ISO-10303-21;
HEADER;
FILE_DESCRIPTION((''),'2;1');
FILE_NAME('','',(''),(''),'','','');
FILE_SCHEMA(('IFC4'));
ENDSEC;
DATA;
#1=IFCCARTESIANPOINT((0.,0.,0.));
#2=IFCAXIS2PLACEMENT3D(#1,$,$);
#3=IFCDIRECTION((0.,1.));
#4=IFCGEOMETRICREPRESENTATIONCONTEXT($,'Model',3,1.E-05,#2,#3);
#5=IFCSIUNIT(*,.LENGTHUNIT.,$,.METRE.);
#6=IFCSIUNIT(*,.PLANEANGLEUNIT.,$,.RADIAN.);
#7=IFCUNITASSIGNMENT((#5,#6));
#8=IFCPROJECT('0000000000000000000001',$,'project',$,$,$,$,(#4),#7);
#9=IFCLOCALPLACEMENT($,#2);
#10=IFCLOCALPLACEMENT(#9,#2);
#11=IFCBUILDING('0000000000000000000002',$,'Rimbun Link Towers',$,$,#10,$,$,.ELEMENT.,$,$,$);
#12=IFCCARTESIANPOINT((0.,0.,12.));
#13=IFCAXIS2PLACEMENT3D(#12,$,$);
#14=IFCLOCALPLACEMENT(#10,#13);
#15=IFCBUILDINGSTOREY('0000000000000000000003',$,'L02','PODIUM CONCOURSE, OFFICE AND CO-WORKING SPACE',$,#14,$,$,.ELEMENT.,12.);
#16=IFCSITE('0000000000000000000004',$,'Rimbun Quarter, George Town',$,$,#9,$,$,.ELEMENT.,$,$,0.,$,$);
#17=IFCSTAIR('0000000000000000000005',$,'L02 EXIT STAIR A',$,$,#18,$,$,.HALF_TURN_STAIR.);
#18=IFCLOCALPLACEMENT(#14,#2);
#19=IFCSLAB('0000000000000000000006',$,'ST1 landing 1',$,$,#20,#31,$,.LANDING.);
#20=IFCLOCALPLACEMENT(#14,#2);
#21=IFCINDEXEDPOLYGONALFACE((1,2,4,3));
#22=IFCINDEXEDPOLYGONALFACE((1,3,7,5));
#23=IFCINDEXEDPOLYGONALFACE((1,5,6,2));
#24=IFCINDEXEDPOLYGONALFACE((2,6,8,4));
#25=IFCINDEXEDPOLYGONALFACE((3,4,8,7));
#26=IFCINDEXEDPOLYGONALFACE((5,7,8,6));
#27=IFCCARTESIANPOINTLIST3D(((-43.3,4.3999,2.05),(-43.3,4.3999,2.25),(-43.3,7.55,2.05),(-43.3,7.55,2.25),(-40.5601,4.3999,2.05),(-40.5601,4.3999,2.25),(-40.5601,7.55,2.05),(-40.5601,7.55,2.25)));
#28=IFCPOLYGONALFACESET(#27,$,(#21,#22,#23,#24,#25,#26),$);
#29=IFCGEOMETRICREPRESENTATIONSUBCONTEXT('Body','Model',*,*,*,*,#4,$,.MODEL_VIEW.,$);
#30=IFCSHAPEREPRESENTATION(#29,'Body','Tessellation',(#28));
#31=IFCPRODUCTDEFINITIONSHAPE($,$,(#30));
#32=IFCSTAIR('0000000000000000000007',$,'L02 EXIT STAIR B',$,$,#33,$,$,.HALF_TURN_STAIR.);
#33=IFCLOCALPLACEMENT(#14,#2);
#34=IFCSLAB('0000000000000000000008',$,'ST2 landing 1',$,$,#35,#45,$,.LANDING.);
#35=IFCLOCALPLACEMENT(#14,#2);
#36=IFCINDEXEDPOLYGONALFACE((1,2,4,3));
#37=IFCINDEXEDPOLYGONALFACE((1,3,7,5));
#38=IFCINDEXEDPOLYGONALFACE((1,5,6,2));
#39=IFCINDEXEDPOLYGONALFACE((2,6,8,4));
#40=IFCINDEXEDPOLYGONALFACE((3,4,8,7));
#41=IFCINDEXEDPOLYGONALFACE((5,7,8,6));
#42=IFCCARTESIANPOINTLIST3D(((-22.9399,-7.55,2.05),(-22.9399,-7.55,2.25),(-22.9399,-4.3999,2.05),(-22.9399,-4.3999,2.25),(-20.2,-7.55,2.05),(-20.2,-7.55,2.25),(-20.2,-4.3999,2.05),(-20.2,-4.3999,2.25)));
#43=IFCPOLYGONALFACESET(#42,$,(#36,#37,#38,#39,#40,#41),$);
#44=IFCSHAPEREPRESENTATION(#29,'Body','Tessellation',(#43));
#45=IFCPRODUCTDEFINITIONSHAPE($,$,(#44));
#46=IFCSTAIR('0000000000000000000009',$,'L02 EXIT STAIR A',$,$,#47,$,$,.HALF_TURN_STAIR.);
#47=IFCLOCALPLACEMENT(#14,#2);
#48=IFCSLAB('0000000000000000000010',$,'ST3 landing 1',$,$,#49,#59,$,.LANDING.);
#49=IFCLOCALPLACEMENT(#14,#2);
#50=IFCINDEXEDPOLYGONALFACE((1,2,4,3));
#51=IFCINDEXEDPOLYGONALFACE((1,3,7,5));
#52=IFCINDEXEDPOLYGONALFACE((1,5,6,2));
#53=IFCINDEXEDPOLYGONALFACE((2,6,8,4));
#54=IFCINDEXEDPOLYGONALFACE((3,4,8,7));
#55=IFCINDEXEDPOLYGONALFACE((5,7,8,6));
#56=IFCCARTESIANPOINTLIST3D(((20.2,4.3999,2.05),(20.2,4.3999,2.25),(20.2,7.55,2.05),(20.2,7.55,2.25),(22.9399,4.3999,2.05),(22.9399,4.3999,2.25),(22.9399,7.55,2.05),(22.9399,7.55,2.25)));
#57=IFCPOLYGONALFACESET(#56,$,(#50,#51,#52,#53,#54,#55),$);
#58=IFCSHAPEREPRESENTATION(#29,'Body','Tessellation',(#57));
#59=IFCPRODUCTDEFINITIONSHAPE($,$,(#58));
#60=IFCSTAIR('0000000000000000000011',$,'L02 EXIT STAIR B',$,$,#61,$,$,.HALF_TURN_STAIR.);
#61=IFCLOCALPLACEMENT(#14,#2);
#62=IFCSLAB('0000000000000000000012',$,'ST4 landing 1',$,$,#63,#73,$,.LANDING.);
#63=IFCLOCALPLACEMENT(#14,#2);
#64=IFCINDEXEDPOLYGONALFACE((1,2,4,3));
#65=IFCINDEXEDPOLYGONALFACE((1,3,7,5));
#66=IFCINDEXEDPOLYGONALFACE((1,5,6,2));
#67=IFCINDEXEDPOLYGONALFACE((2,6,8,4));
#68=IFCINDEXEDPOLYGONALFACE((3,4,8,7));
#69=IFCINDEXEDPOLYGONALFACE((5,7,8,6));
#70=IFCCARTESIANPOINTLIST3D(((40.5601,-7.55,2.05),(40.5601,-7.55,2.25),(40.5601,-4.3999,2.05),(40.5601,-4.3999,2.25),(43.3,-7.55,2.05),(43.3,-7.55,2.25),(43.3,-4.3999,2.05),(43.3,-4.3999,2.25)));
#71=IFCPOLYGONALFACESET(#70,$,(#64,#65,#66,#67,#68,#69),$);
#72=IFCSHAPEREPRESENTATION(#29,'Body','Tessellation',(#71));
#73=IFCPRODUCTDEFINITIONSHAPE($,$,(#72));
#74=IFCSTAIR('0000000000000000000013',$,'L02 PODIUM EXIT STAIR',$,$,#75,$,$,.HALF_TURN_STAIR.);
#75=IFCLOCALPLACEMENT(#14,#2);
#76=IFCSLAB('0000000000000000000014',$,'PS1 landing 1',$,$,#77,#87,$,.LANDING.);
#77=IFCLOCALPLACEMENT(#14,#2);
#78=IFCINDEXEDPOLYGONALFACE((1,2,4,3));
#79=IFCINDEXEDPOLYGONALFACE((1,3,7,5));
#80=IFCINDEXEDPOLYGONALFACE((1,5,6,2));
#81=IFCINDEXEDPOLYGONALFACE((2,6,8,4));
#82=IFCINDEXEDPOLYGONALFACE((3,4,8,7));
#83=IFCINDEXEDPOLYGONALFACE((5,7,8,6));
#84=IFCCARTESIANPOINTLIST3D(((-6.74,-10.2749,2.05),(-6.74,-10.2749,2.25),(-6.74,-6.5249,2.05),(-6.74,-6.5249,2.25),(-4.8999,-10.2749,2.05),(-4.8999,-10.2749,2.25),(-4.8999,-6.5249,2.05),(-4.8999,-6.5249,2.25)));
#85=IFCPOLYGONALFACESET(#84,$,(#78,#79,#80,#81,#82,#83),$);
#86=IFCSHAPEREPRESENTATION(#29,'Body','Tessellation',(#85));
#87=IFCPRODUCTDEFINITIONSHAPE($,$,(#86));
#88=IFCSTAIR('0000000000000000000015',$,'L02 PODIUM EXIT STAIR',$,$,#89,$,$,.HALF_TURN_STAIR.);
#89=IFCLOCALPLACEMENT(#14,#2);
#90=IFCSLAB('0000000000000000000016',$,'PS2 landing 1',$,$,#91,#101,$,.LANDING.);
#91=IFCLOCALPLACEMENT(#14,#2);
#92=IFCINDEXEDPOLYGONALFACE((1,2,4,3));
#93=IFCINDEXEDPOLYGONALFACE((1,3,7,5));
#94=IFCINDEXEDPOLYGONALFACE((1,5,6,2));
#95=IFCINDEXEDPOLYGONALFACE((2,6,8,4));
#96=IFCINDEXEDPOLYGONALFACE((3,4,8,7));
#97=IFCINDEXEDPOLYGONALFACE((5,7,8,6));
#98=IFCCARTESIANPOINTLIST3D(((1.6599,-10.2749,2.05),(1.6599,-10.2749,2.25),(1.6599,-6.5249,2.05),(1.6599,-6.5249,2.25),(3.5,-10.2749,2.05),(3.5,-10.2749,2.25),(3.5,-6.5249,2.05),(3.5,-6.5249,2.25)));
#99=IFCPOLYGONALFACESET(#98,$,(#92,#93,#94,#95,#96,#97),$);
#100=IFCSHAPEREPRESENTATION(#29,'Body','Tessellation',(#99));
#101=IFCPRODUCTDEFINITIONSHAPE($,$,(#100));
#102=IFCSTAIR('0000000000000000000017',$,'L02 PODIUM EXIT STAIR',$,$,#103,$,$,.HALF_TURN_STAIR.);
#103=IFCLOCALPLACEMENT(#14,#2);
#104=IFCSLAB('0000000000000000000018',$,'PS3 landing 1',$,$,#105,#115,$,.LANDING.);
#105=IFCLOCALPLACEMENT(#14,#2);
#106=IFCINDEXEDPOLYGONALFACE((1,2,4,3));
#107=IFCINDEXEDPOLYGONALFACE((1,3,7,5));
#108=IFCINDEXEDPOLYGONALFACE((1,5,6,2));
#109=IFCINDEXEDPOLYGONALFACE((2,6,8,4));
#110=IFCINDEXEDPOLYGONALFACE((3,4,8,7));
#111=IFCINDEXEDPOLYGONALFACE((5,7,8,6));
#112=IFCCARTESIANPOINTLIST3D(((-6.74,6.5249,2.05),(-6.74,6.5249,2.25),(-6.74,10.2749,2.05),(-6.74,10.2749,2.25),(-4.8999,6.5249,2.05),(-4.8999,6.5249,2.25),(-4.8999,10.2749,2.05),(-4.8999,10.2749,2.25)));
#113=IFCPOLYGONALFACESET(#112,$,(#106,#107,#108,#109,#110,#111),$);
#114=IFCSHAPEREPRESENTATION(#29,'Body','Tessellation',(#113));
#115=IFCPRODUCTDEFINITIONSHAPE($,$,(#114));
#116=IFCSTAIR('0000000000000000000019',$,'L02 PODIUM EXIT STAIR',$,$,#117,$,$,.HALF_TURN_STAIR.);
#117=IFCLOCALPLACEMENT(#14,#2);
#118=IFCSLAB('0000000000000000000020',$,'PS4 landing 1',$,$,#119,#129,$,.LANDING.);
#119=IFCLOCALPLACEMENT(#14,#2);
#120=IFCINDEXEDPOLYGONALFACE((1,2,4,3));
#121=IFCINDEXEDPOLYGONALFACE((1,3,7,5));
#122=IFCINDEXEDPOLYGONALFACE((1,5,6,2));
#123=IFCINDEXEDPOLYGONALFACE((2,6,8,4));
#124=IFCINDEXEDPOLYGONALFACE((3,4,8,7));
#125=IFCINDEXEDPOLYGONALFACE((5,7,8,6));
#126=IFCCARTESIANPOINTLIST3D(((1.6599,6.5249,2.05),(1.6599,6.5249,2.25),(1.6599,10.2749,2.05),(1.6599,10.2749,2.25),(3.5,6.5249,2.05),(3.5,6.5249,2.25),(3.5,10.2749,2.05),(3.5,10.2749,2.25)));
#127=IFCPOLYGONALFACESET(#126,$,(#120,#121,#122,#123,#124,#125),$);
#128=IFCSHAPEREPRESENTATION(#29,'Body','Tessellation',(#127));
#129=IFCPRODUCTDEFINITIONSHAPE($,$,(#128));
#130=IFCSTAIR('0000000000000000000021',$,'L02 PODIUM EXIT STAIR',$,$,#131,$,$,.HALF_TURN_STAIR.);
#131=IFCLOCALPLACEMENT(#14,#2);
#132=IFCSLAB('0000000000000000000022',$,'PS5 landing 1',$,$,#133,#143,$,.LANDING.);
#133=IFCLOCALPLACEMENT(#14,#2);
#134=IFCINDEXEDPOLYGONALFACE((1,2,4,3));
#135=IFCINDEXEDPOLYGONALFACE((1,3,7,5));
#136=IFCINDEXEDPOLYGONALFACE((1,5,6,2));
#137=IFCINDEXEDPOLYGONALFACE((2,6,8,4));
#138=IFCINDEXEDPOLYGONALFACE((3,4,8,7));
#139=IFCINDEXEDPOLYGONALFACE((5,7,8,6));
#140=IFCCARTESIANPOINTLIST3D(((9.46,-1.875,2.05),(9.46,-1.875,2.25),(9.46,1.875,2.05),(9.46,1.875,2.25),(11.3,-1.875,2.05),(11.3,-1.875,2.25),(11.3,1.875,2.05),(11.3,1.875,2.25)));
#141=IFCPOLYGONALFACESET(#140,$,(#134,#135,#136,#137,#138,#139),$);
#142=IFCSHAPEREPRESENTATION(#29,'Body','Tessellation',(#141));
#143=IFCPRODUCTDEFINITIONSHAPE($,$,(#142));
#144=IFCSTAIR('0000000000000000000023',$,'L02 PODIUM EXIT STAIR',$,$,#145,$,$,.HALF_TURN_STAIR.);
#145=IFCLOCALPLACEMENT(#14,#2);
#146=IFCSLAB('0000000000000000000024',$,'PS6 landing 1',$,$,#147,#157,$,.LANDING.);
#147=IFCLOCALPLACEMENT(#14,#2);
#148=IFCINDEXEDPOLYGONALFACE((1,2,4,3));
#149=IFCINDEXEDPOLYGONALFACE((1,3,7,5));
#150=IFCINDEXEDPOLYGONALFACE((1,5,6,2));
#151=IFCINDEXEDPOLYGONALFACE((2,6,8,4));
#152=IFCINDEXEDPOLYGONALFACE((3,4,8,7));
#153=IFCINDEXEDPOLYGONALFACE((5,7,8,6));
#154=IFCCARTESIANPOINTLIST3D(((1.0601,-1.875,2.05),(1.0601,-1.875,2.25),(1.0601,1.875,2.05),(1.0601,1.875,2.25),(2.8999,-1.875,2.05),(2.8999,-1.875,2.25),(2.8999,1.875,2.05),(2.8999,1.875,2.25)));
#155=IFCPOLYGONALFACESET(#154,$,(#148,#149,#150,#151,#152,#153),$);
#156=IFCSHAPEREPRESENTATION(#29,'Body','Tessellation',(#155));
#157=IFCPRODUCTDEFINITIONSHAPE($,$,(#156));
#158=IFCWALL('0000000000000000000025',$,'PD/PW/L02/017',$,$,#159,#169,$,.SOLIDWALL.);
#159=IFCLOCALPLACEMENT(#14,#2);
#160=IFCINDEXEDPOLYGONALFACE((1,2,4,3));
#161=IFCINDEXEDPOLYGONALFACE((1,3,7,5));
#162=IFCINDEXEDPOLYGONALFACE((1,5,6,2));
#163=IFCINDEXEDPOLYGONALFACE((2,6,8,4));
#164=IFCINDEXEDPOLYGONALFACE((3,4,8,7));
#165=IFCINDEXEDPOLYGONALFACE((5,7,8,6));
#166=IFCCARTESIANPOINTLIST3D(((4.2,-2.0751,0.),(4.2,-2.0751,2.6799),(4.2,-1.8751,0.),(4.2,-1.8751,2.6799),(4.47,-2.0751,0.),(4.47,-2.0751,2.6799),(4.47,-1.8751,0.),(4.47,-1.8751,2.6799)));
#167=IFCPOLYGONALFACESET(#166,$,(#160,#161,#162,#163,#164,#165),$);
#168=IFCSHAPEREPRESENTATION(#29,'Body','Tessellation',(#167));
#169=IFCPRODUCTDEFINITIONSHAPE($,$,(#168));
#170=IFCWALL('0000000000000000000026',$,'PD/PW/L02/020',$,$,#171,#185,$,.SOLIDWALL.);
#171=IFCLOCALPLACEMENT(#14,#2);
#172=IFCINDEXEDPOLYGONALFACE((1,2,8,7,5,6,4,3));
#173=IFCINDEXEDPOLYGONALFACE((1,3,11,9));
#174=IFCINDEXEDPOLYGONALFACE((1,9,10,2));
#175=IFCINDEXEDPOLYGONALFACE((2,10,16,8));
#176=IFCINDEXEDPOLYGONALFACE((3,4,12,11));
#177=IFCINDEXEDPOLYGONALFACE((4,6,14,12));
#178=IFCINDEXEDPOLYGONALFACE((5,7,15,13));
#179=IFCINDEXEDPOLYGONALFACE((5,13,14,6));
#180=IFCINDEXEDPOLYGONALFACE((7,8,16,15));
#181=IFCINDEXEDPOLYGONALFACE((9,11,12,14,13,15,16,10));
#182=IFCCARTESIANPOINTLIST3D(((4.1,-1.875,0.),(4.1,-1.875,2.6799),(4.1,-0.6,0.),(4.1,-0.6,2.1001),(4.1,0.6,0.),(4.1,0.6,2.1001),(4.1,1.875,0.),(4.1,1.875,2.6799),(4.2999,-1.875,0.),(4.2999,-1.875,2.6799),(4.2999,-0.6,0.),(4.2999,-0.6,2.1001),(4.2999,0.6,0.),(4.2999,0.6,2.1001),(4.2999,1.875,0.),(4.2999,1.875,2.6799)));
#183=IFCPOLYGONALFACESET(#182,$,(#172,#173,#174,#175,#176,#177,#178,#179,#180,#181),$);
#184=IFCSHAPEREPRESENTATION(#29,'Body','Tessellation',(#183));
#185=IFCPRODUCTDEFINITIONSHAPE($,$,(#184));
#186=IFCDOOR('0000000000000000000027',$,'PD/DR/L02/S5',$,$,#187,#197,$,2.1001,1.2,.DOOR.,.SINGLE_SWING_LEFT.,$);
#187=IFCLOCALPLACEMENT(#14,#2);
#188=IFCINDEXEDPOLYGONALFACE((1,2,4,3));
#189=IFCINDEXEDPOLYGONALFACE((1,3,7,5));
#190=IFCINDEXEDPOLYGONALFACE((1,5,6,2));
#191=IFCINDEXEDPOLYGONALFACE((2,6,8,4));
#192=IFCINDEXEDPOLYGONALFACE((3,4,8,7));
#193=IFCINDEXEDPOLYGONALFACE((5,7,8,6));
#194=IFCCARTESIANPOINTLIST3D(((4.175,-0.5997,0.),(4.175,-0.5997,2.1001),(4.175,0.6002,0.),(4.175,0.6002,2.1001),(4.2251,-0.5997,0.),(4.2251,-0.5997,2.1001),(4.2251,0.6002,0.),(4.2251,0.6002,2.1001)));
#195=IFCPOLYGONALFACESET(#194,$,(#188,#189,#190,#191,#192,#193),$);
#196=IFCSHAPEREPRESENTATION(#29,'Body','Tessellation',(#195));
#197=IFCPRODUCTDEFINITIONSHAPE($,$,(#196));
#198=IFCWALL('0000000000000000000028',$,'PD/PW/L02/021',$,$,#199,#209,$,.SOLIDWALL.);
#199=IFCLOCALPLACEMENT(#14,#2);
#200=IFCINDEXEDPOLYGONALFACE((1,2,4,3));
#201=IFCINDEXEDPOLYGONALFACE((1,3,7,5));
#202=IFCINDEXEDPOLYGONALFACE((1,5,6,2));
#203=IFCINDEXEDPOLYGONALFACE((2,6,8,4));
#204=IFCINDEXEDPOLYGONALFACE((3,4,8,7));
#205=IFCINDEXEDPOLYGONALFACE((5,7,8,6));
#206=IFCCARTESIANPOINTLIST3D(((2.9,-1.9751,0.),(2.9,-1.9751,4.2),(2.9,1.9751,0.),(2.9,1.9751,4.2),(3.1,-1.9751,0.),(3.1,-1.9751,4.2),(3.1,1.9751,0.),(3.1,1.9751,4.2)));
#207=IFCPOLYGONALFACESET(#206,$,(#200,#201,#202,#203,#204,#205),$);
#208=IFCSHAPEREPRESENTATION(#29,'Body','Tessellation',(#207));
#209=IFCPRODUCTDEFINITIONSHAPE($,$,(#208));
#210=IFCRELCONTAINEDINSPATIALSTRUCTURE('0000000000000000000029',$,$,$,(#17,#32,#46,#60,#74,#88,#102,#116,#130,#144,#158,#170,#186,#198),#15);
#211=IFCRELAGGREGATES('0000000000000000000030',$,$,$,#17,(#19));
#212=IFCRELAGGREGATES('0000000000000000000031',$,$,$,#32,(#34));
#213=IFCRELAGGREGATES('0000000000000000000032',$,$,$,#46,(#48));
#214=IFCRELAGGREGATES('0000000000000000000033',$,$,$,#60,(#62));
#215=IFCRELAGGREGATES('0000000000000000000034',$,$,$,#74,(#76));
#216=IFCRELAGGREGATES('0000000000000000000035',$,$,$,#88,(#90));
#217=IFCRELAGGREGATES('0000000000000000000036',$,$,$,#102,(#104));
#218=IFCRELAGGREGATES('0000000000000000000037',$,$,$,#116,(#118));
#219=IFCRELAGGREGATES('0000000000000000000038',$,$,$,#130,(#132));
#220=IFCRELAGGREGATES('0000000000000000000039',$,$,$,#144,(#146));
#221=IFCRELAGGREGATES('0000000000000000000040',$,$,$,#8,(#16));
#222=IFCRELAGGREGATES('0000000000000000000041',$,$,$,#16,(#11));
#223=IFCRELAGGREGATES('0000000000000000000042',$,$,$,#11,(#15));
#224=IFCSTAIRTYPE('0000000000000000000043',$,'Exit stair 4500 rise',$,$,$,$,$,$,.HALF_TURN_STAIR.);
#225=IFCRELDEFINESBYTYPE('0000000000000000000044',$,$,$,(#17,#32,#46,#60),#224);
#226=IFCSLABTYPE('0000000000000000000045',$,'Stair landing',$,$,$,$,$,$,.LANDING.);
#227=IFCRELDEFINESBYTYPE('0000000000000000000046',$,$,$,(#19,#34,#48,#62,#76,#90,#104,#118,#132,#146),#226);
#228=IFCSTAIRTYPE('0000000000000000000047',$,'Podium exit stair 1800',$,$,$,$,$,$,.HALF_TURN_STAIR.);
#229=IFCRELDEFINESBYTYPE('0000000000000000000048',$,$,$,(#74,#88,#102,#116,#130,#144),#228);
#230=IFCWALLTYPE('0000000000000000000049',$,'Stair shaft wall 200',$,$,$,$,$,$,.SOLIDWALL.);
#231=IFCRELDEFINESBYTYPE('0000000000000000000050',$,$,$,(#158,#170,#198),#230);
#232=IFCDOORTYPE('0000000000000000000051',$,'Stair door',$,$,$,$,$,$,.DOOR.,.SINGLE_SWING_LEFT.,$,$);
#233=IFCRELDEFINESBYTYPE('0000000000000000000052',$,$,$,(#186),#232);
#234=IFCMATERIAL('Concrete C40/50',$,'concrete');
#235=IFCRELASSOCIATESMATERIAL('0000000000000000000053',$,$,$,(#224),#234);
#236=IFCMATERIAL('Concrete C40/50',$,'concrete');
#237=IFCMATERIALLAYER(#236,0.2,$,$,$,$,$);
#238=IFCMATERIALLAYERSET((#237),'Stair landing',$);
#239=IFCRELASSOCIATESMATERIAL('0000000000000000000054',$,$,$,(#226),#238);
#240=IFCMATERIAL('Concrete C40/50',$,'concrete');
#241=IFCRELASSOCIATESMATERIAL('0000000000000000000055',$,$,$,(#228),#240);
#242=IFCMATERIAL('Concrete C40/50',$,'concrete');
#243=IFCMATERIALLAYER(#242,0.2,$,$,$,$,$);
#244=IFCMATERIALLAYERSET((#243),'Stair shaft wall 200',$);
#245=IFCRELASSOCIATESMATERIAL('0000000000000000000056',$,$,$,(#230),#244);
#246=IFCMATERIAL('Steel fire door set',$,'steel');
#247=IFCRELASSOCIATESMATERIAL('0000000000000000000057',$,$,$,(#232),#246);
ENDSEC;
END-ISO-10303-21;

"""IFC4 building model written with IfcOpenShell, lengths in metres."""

from ifc_helpers import new_model, si_unit, direction, frame, frame_2d, origin, place, context, subcontext, project, spatial, polyline, rectangle, outline, extrude, material, layer, layer_set, type_object, element, fill, aggregate, save


model = new_model("IFC4")

# Units and contexts
model_context = context("Model", 3, precision=1e-05, world=origin(), true_north=direction((0.0, 1.0)))
body_context = subcontext(model_context, "Body", "Model", "MODEL_VIEW")
ifc_project = project(units=[si_unit("LENGTHUNIT", "METRE"), si_unit("PLANEANGLEUNIT", "RADIAN")], contexts=[model_context])

# Site, building, storey
site_placement = place(None, origin())
site = spatial("IfcSite", under=ifc_project, at=site_placement, Name="Rimbun Quarter, George Town", CompositionType="ELEMENT", RefElevation=0.0)
building_placement = place(site_placement, origin())
building = spatial("IfcBuilding", under=site, at=building_placement, Name="Rimbun Link Towers", CompositionType="ELEMENT")
storey_placement = place(building_placement, frame((0.0, 0.0, 12.0)))
storey = spatial("IfcBuildingStorey", under=building, at=storey_placement, Name="L02", Description="PODIUM CONCOURSE, OFFICE AND CO-WORKING SPACE", CompositionType="ELEMENT", Elevation=12.0)

# Stairs, slabs
ifc_material_1 = material(Name="Concrete C40/50", Category="concrete")
stair_type_1 = type_object("IfcStairType", Name="Exit stair 4500 rise", PredefinedType="HALF_TURN_STAIR", material=ifc_material_1)
stair_1_placement = place(storey_placement, origin())
stair_1 = element("IfcStair", 1, at=stair_1_placement, inside=storey, type_object=stair_type_1, Name="L02 EXIT STAIR A", PredefinedType="HALF_TURN_STAIR")
ifc_material_2 = material(Name="Concrete C40/50", Category="concrete")
ifc_layer_1 = layer(ifc_material_2, 0.2)
ifc_layer_set_1 = layer_set([ifc_layer_1], Name="Stair landing")
slab_type_1 = type_object("IfcSlabType", Name="Stair landing", PredefinedType="LANDING", material=ifc_layer_set_1)
slab_1_placement = place(storey_placement, frame((0.0, 0.0, 2.05)))
slab_1 = element("IfcSlab", 2, at=slab_1_placement, type_object=slab_type_1, Name="ST1 landing 1", PredefinedType="LANDING", context=body_context, shape_type="SweptSolid", body=[
    extrude(outline(polyline([(-40.5601, 7.55), (-43.3, 7.55), (-43.3, 4.3999), (-40.5601, 4.3999), (-40.5601, 7.55)])), origin(), (0.0, 0.0, 1.0), 0.2),
])
aggregate(stair_1, [slab_1])
stair_2_placement = place(storey_placement, origin())
stair_2 = element("IfcStair", 3, at=stair_2_placement, inside=storey, type_object=stair_type_1, Name="L02 EXIT STAIR B", PredefinedType="HALF_TURN_STAIR")
slab_2_placement = place(storey_placement, frame((0.0, 0.0, 2.05)))
slab_2 = element("IfcSlab", 4, at=slab_2_placement, type_object=slab_type_1, Name="ST2 landing 1", PredefinedType="LANDING", context=body_context, shape_type="SweptSolid", body=[
    extrude(outline(polyline([(-22.9399, -7.55), (-20.2, -7.55), (-20.2, -4.3999), (-22.9399, -4.3999), (-22.9399, -7.55)])), origin(), (0.0, 0.0, 1.0), 0.2),
])
aggregate(stair_2, [slab_2])
stair_3_placement = place(storey_placement, origin())
stair_3 = element("IfcStair", 5, at=stair_3_placement, inside=storey, type_object=stair_type_1, Name="L02 EXIT STAIR A", PredefinedType="HALF_TURN_STAIR")
slab_3_placement = place(storey_placement, frame((0.0, 0.0, 2.05)))
slab_3 = element("IfcSlab", 6, at=slab_3_placement, type_object=slab_type_1, Name="ST3 landing 1", PredefinedType="LANDING", context=body_context, shape_type="SweptSolid", body=[
    extrude(outline(polyline([(22.9399, 7.55), (20.2, 7.55), (20.2, 4.3999), (22.9399, 4.3999), (22.9399, 7.55)])), origin(), (0.0, 0.0, 1.0), 0.2),
])
aggregate(stair_3, [slab_3])
stair_4_placement = place(storey_placement, origin())
stair_4 = element("IfcStair", 7, at=stair_4_placement, inside=storey, type_object=stair_type_1, Name="L02 EXIT STAIR B", PredefinedType="HALF_TURN_STAIR")
slab_4_placement = place(storey_placement, frame((0.0, 0.0, 2.05)))
slab_4 = element("IfcSlab", 8, at=slab_4_placement, type_object=slab_type_1, Name="ST4 landing 1", PredefinedType="LANDING", context=body_context, shape_type="SweptSolid", body=[
    extrude(outline(polyline([(40.5601, -7.55), (43.3, -7.55), (43.3, -4.3999), (40.5601, -4.3999), (40.5601, -7.55)])), origin(), (0.0, 0.0, 1.0), 0.2),
])
aggregate(stair_4, [slab_4])
ifc_material_3 = material(Name="Concrete C40/50", Category="concrete")
stair_type_2 = type_object("IfcStairType", Name="Podium exit stair 1800", PredefinedType="HALF_TURN_STAIR", material=ifc_material_3)
stair_5_placement = place(storey_placement, origin())
stair_5 = element("IfcStair", 9, at=stair_5_placement, inside=storey, type_object=stair_type_2, Name="L02 PODIUM EXIT STAIR", PredefinedType="HALF_TURN_STAIR")
slab_5_placement = place(storey_placement, frame((0.0, 0.0, 2.05)))
slab_5 = element("IfcSlab", 10, at=slab_5_placement, type_object=slab_type_1, Name="PS1 landing 1", PredefinedType="LANDING", context=body_context, shape_type="SweptSolid", body=[
    extrude(outline(polyline([(-6.74, -10.2749), (-4.8999, -10.2749), (-4.8999, -6.5249), (-6.74, -6.5249), (-6.74, -10.2749)])), origin(), (0.0, 0.0, 1.0), 0.2),
])
aggregate(stair_5, [slab_5])
stair_6_placement = place(storey_placement, origin())
stair_6 = element("IfcStair", 11, at=stair_6_placement, inside=storey, type_object=stair_type_2, Name="L02 PODIUM EXIT STAIR", PredefinedType="HALF_TURN_STAIR")
slab_6_placement = place(storey_placement, frame((0.0, 0.0, 2.05)))
slab_6 = element("IfcSlab", 12, at=slab_6_placement, type_object=slab_type_1, Name="PS2 landing 1", PredefinedType="LANDING", context=body_context, shape_type="SweptSolid", body=[
    extrude(outline(polyline([(1.6599, -10.2749), (3.5, -10.2749), (3.5, -6.5249), (1.6599, -6.5249), (1.6599, -10.2749)])), origin(), (0.0, 0.0, 1.0), 0.2),
])
aggregate(stair_6, [slab_6])
stair_7_placement = place(storey_placement, origin())
stair_7 = element("IfcStair", 13, at=stair_7_placement, inside=storey, type_object=stair_type_2, Name="L02 PODIUM EXIT STAIR", PredefinedType="HALF_TURN_STAIR")
slab_7_placement = place(storey_placement, frame((0.0, 0.0, 2.05)))
slab_7 = element("IfcSlab", 14, at=slab_7_placement, type_object=slab_type_1, Name="PS3 landing 1", PredefinedType="LANDING", context=body_context, shape_type="SweptSolid", body=[
    extrude(outline(polyline([(-6.74, 6.5249), (-4.8999, 6.5249), (-4.8999, 10.2749), (-6.74, 10.2749), (-6.74, 6.5249)])), origin(), (0.0, 0.0, 1.0), 0.2),
])
aggregate(stair_7, [slab_7])
stair_8_placement = place(storey_placement, origin())
stair_8 = element("IfcStair", 15, at=stair_8_placement, inside=storey, type_object=stair_type_2, Name="L02 PODIUM EXIT STAIR", PredefinedType="HALF_TURN_STAIR")
slab_8_placement = place(storey_placement, frame((0.0, 0.0, 2.05)))
slab_8 = element("IfcSlab", 16, at=slab_8_placement, type_object=slab_type_1, Name="PS4 landing 1", PredefinedType="LANDING", context=body_context, shape_type="SweptSolid", body=[
    extrude(outline(polyline([(1.6599, 6.5249), (3.5, 6.5249), (3.5, 10.2749), (1.6599, 10.2749), (1.6599, 6.5249)])), origin(), (0.0, 0.0, 1.0), 0.2),
])
aggregate(stair_8, [slab_8])
stair_9_placement = place(storey_placement, origin())
stair_9 = element("IfcStair", 17, at=stair_9_placement, inside=storey, type_object=stair_type_2, Name="L02 PODIUM EXIT STAIR", PredefinedType="HALF_TURN_STAIR")
slab_9_placement = place(storey_placement, frame((0.0, 0.0, 2.05)))
slab_9 = element("IfcSlab", 18, at=slab_9_placement, type_object=slab_type_1, Name="PS5 landing 1", PredefinedType="LANDING", context=body_context, shape_type="SweptSolid", body=[
    extrude(outline(polyline([(9.46, -1.875), (11.3, -1.875), (11.3, 1.875), (9.46, 1.875), (9.46, -1.875)])), origin(), (0.0, 0.0, 1.0), 0.2),
])
aggregate(stair_9, [slab_9])
stair_10_placement = place(storey_placement, origin())
stair_10 = element("IfcStair", 19, at=stair_10_placement, inside=storey, type_object=stair_type_2, Name="L02 PODIUM EXIT STAIR", PredefinedType="HALF_TURN_STAIR")
slab_10_placement = place(storey_placement, frame((0.0, 0.0, 2.05)))
slab_10 = element("IfcSlab", 20, at=slab_10_placement, type_object=slab_type_1, Name="PS6 landing 1", PredefinedType="LANDING", context=body_context, shape_type="SweptSolid", body=[
    extrude(outline(polyline([(1.0601, -1.875), (2.8999, -1.875), (2.8999, 1.875), (1.0601, 1.875), (1.0601, -1.875)])), origin(), (0.0, 0.0, 1.0), 0.2),
])

# Wall
ifc_material_4 = material(Name="Concrete C40/50", Category="concrete")
ifc_layer_2 = layer(ifc_material_4, 0.2)
ifc_layer_set_2 = layer_set([ifc_layer_2], Name="Stair shaft wall 200")
wall_type = type_object("IfcWallType", Name="Stair shaft wall 200", PredefinedType="SOLIDWALL", material=ifc_layer_set_2)
wall_1_placement = place(storey_placement, frame((4.2, -1.9751, 0.0), z_axis=(0.0, 0.0, 1.0), x_axis=(1.0, 0.0, 0.0)))
element("IfcWall", 21, at=wall_1_placement, inside=storey, type_object=wall_type, Name="PD/PW/L02/017", PredefinedType="SOLIDWALL", context=body_context, shape_type="SweptSolid", body=[
    extrude(rectangle(XDim=0.27, YDim=0.2, at=frame_2d((0.135, 0.0))), origin(), (0.0, 0.0, 1.0), 2.6799),
])

# Wall, opening, door
wall_2_placement = place(storey_placement, frame((4.2, 1.875, 0.0), z_axis=(0.0, 0.0, 1.0), x_axis=(0.0, -1.0, 0.0)))
wall_2 = element("IfcWall", 22, at=wall_2_placement, inside=storey, type_object=wall_type, Name="PD/PW/L02/020", PredefinedType="SOLIDWALL", context=body_context, shape_type="SweptSolid", body=[
    extrude(rectangle(XDim=3.75, YDim=0.2, at=frame_2d((1.875, 0.0))), origin(), (0.0, 0.0, 1.0), 2.6799),
])
opening_placement = place(wall_2_placement, frame((1.2749, 0.0, 0.0)))
opening = element("IfcOpeningElement", 23, at=opening_placement, cuts=wall_2, PredefinedType="OPENING", context=body_context, shape_type="SweptSolid", body=[
    extrude(rectangle(XDim=1.2, YDim=2.1001, at=frame_2d((0.6001, 1.05))), frame((0.0, 0.1099, 0.0), z_axis=(0.0, -1.0, 0.0), x_axis=(1.0, 0.0, 0.0)), (0.0, 0.0, 1.0), 0.22),
])
ifc_material_5 = material(Name="Steel fire door set", Category="steel")
door_type = type_object("IfcDoorType", Name="Stair door", OperationType="SINGLE_SWING_LEFT", PredefinedType="DOOR", material=ifc_material_5)
door_placement = place(opening_placement, frame((1.2, 0.0, 0.0), z_axis=(0.0, 0.0, 1.0), x_axis=(-1.0, 0.0, 0.0)))
door = element("IfcDoor", 24, at=door_placement, inside=storey, type_object=door_type, Name="PD/DR/L02/S5", OperationType="SINGLE_SWING_LEFT", OverallHeight=2.1001, OverallWidth=1.2, PredefinedType="DOOR", context=body_context, shape_type="SweptSolid", body=[
    extrude(rectangle(XDim=1.2, YDim=2.1001, at=frame_2d((0.6001, 1.05))), frame((0.0, 0.0249, 0.0), z_axis=(0.0, -1.0, 0.0), x_axis=(1.0, 0.0, 0.0)), (0.0, 0.0, 1.0), 0.05),
])
fill(opening, door)

# Wall
wall_3_placement = place(storey_placement, frame((3.0, -1.9751, 0.0), z_axis=(0.0, 0.0, 1.0), x_axis=(0.0, 1.0, 0.0)))
element("IfcWall", 25, at=wall_3_placement, inside=storey, type_object=wall_type, Name="PD/PW/L02/021", PredefinedType="SOLIDWALL", context=body_context, shape_type="SweptSolid", body=[
    extrude(rectangle(XDim=3.9502, YDim=0.2, at=frame_2d((1.9751, 0.0))), origin(), (0.0, 0.0, 1.0), 4.2),
])

aggregate(stair_10, [slab_10])

save(model, "model.ifc")
